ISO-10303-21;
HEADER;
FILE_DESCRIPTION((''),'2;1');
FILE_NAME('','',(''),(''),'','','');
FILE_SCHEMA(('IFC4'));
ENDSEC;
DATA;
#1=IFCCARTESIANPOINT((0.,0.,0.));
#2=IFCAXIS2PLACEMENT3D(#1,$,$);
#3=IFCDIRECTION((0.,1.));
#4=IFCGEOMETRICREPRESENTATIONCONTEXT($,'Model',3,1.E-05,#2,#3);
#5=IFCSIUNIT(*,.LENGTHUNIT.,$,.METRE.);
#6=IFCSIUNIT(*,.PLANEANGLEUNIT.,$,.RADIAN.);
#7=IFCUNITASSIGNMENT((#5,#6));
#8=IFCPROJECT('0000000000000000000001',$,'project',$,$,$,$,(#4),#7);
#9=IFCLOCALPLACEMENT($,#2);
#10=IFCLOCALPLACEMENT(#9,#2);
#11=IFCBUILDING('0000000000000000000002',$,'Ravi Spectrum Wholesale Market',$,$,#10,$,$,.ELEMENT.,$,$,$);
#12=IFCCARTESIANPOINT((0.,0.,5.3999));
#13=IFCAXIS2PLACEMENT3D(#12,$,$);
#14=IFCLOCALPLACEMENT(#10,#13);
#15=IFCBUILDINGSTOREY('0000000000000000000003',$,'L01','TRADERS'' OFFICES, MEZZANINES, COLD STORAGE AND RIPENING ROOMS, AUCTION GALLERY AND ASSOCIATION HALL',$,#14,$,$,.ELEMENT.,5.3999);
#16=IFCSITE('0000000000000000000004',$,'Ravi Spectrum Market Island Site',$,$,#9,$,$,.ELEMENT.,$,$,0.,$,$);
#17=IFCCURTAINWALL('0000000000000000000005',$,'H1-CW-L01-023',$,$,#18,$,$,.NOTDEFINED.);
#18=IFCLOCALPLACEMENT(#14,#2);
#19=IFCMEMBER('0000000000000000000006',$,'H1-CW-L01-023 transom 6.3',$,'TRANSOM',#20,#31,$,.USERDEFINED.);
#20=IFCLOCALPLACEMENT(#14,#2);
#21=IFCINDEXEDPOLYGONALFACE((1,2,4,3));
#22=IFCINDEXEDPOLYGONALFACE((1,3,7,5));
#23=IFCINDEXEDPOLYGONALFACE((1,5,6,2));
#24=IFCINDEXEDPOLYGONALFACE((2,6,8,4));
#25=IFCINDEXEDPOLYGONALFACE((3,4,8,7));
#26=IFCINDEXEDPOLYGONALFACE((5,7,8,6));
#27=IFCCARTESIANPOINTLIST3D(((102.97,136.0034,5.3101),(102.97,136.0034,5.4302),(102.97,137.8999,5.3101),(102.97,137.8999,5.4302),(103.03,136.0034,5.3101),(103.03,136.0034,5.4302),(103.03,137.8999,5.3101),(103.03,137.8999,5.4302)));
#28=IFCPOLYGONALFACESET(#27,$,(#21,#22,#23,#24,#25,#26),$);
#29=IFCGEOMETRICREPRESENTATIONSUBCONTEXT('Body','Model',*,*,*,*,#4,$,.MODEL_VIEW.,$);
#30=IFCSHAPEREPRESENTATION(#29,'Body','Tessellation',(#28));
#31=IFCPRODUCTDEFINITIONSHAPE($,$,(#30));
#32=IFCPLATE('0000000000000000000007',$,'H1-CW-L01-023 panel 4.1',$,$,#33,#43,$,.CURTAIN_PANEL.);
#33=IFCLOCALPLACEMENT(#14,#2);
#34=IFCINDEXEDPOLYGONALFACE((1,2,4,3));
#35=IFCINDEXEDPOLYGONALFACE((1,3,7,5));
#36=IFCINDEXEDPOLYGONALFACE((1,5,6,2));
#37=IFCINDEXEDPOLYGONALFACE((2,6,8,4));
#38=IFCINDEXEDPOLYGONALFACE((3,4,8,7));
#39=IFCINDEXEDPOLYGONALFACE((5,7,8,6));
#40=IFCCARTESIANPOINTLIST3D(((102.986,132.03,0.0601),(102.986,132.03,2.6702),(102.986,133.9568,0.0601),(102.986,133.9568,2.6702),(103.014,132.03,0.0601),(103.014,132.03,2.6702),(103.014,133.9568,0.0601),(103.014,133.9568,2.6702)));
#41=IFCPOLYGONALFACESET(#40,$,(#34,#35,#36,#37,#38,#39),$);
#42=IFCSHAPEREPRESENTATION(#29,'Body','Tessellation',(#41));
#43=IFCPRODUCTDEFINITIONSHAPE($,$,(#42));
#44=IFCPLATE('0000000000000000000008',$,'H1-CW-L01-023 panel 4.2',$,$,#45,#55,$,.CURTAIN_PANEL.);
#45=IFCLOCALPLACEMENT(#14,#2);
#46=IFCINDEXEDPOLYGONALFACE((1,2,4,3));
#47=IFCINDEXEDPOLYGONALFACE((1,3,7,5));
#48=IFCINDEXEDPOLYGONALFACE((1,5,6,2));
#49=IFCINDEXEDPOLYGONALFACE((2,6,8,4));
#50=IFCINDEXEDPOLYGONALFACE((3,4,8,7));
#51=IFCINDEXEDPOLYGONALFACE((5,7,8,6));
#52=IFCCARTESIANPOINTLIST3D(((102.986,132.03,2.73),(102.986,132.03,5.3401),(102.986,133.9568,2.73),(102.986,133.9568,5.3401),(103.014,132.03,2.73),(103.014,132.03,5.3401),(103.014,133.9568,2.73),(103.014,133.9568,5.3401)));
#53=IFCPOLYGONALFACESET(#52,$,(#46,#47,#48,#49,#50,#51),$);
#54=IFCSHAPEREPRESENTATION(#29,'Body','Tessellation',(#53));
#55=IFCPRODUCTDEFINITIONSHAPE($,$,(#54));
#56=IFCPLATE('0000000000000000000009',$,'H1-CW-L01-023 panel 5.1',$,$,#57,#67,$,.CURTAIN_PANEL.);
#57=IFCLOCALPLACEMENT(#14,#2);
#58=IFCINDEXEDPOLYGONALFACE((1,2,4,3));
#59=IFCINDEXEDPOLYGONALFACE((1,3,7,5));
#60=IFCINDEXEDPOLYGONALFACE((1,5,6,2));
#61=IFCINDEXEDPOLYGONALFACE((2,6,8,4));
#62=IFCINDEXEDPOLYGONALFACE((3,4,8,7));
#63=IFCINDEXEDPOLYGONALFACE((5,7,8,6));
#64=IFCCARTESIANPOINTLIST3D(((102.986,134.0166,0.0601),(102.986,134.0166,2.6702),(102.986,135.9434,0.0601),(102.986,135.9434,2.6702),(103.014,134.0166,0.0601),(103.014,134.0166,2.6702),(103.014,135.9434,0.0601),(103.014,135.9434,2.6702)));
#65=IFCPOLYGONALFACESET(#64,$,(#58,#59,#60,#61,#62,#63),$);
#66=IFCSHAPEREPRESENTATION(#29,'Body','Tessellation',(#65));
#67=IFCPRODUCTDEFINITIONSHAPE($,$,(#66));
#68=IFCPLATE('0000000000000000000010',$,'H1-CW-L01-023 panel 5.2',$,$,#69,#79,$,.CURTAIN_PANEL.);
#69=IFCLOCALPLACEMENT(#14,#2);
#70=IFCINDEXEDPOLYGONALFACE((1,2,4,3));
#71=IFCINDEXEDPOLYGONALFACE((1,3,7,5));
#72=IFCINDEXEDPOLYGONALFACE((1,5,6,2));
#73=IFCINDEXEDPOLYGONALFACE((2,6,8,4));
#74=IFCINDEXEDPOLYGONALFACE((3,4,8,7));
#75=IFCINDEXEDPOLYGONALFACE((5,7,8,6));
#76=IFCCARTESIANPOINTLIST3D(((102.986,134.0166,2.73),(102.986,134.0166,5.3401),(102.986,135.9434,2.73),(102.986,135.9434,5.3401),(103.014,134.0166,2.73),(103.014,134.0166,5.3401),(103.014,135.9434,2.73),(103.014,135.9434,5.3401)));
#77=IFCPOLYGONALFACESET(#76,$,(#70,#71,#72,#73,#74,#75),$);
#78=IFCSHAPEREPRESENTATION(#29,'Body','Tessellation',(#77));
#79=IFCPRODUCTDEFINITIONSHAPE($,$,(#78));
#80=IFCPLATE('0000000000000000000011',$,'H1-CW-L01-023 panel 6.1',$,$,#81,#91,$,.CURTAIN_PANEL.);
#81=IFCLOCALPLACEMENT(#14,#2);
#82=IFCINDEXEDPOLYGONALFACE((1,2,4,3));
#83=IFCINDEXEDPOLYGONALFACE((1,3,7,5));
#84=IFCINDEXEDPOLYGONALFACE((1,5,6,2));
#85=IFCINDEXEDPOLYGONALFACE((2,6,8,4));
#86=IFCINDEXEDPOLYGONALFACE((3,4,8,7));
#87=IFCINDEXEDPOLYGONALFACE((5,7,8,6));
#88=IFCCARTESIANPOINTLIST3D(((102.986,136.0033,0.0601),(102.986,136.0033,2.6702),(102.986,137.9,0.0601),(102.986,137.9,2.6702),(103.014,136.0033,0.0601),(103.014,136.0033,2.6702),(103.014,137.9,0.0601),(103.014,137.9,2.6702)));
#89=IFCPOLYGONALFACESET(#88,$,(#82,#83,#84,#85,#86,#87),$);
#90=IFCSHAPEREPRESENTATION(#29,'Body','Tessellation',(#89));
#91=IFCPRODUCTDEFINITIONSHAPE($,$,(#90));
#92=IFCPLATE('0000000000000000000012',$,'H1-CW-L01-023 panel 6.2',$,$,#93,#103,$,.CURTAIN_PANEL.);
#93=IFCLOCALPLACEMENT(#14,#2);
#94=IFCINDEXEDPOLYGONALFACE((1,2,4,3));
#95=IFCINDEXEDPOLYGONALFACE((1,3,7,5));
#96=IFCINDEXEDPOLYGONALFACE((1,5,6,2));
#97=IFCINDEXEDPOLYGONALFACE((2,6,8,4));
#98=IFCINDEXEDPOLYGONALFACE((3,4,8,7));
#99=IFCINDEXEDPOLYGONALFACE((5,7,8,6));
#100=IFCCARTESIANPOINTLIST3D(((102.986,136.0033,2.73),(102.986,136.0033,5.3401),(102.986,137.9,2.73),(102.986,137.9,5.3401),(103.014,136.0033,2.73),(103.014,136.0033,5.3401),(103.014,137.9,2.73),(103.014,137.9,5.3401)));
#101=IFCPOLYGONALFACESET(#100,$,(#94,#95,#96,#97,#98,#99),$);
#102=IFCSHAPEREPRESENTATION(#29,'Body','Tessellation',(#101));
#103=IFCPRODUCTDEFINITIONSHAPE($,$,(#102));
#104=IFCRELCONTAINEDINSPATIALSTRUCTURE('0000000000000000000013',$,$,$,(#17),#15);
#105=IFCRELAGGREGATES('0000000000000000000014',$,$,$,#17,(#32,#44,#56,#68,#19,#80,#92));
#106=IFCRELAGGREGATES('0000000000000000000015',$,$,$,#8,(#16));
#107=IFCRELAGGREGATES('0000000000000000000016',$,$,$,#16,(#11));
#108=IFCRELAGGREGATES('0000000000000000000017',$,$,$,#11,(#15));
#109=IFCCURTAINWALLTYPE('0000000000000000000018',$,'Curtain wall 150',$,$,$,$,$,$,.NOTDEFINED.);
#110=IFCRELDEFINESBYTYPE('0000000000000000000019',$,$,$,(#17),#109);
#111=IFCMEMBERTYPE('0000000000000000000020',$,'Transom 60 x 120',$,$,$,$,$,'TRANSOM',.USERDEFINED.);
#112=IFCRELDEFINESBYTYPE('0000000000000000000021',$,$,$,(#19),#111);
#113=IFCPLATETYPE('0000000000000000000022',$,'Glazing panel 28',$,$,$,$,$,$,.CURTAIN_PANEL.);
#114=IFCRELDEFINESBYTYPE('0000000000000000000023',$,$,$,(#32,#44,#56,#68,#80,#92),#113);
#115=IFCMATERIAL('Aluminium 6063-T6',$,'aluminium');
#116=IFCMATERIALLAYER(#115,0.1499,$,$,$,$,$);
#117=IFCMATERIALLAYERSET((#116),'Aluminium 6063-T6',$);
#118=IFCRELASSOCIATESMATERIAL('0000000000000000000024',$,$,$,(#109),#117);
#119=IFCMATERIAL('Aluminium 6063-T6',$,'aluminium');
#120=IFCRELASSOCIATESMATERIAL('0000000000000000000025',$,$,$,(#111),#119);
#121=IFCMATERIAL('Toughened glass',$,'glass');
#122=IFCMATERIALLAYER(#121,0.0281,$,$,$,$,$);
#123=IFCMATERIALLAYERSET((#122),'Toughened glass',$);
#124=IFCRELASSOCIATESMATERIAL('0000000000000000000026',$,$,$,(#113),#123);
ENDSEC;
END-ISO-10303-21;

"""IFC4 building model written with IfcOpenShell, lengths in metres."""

from ifc_helpers import new_model, si_unit, direction, frame, origin, origin_2d, place, context, subcontext, project, spatial, rectangle, extrude, material, layer, layer_set, material_profile, profile_set, type_object, element, aggregate, save


model = new_model("IFC4")

# Units and contexts
model_context = context("Model", 3, precision=1e-05, world=origin(), true_north=direction((0.0, 1.0)))
body_context = subcontext(model_context, "Body", "Model", "MODEL_VIEW")
ifc_project = project(units=[si_unit("LENGTHUNIT", "METRE"), si_unit("PLANEANGLEUNIT", "RADIAN")], contexts=[model_context])

# Site, building, storey
site_placement = place(None, origin())
site = spatial("IfcSite", under=ifc_project, at=site_placement, Name="Ravi Spectrum Market Island Site", CompositionType="ELEMENT", RefElevation=0.0)
building_placement = place(site_placement, origin())
building = spatial("IfcBuilding", under=site, at=building_placement, Name="Ravi Spectrum Wholesale Market", CompositionType="ELEMENT")
storey_placement = place(building_placement, frame((0.0, 0.0, 5.3999)))
storey = spatial("IfcBuildingStorey", under=building, at=storey_placement, Name="L01", Description="TRADERS' OFFICES, MEZZANINES, COLD STORAGE AND RIPENING ROOMS, AUCTION GALLERY AND ASSOCIATION HALL", CompositionType="ELEMENT", Elevation=5.3999)

# Curtain wall
ifc_material_1 = material(Name="Aluminium 6063-T6", Category="aluminium")
ifc_layer_1 = layer(ifc_material_1, 0.1499)
ifc_layer_set_1 = layer_set([ifc_layer_1], Name="Aluminium 6063-T6")
curtain_wall_type = type_object("IfcCurtainWallType", Name="Curtain wall 150", PredefinedType="NOTDEFINED", material=ifc_layer_set_1)
curtain_wall_1_placement = place(storey_placement, origin())
curtain_wall_1 = element("IfcCurtainWall", 1, at=curtain_wall_1_placement, inside=storey, type_object=curtain_wall_type, Name="H1-CW-L01-023", PredefinedType="NOTDEFINED")

# Member
ifc_material_2 = material(Name="Aluminium 6063-T6", Category="aluminium")
ifc_material_profile_1 = material_profile(ifc_material_2, rectangle(XDim=0.0601, YDim=0.1201, at=origin_2d()))
ifc_profile_set_1 = profile_set([ifc_material_profile_1], Name="Aluminium 6063-T6")
member_type_1 = type_object("IfcMemberType", Name="Transom 60 x 120", ElementType="TRANSOM", PredefinedType="USERDEFINED", material=ifc_profile_set_1)
member_1_placement = place(storey_placement, frame((103.0, 136.0034, 5.3701), z_axis=(0.0, 1.0, 0.0), x_axis=(-1.0, 0.0, 0.0)))
member_1 = element("IfcMember", 2, at=member_1_placement, type_object=member_type_1, Name="H1-CW-L01-023 transom 6.3", ObjectType="TRANSOM", PredefinedType="USERDEFINED", context=body_context, shape_type="SweptSolid", body=[
    extrude(rectangle(XDim=0.0601, YDim=0.1201, at=origin_2d()), origin(), (0.0, 0.0, 1.0), 1.8965),
])

# Plates
ifc_material_3 = material(Name="Toughened glass", Category="glass")
ifc_layer_2 = layer(ifc_material_3, 0.0281)
ifc_layer_set_2 = layer_set([ifc_layer_2], Name="Toughened glass")
plate_type = type_object("IfcPlateType", Name="Glazing panel 28", PredefinedType="CURTAIN_PANEL", material=ifc_layer_set_2)
plate_1_placement = place(storey_placement, frame((103.0, 132.9934, 0.0601), z_axis=(0.0, 0.0, 1.0), x_axis=(0.0, 1.0, 0.0)))
plate_1 = element("IfcPlate", 3, at=plate_1_placement, type_object=plate_type, Name="H1-CW-L01-023 panel 4.1", PredefinedType="CURTAIN_PANEL", context=body_context, shape_type="SweptSolid", body=[
    extrude(rectangle(XDim=1.9268, YDim=0.0281, at=origin_2d()), origin(), (0.0, 0.0, 1.0), 2.6101),
])
plate_2_placement = place(storey_placement, frame((103.0, 132.9934, 2.73), z_axis=(0.0, 0.0, 1.0), x_axis=(0.0, 1.0, 0.0)))
plate_2 = element("IfcPlate", 4, at=plate_2_placement, type_object=plate_type, Name="H1-CW-L01-023 panel 4.2", PredefinedType="CURTAIN_PANEL", context=body_context, shape_type="SweptSolid", body=[
    extrude(rectangle(XDim=1.9268, YDim=0.0281, at=origin_2d()), origin(), (0.0, 0.0, 1.0), 2.6101),
])
plate_3_placement = place(storey_placement, frame((103.0, 134.98, 0.0601), z_axis=(0.0, 0.0, 1.0), x_axis=(0.0, 1.0, 0.0)))
plate_3 = element("IfcPlate", 5, at=plate_3_placement, type_object=plate_type, Name="H1-CW-L01-023 panel 5.1", PredefinedType="CURTAIN_PANEL", context=body_context, shape_type="SweptSolid", body=[
    extrude(rectangle(XDim=1.9268, YDim=0.0281, at=origin_2d()), origin(), (0.0, 0.0, 1.0), 2.6101),
])
plate_4_placement = place(storey_placement, frame((103.0, 134.98, 2.73), z_axis=(0.0, 0.0, 1.0), x_axis=(0.0, 1.0, 0.0)))
plate_4 = element("IfcPlate", 6, at=plate_4_placement, type_object=plate_type, Name="H1-CW-L01-023 panel 5.2", PredefinedType="CURTAIN_PANEL", context=body_context, shape_type="SweptSolid", body=[
    extrude(rectangle(XDim=1.9268, YDim=0.0281, at=origin_2d()), origin(), (0.0, 0.0, 1.0), 2.6101),
])
plate_5_placement = place(storey_placement, frame((103.0, 136.9517, 0.0601), z_axis=(0.0, 0.0, 1.0), x_axis=(0.0, 1.0, 0.0)))
plate_5 = element("IfcPlate", 7, at=plate_5_placement, type_object=plate_type, Name="H1-CW-L01-023 panel 6.1", PredefinedType="CURTAIN_PANEL", context=body_context, shape_type="SweptSolid", body=[
    extrude(rectangle(XDim=1.8967, YDim=0.0281, at=origin_2d()), origin(), (0.0, 0.0, 1.0), 2.6101),
])
plate_6_placement = place(storey_placement, frame((103.0, 136.9517, 2.73), z_axis=(0.0, 0.0, 1.0), x_axis=(0.0, 1.0, 0.0)))
plate_6 = element("IfcPlate", 8, at=plate_6_placement, type_object=plate_type, Name="H1-CW-L01-023 panel 6.2", PredefinedType="CURTAIN_PANEL", context=body_context, shape_type="SweptSolid", body=[
    extrude(rectangle(XDim=1.8967, YDim=0.0281, at=origin_2d()), origin(), (0.0, 0.0, 1.0), 2.6101),
])
aggregate(curtain_wall_1, [plate_1, plate_2, plate_3, plate_4, member_1, plate_5, plate_6])

save(model, "model.ifc")
